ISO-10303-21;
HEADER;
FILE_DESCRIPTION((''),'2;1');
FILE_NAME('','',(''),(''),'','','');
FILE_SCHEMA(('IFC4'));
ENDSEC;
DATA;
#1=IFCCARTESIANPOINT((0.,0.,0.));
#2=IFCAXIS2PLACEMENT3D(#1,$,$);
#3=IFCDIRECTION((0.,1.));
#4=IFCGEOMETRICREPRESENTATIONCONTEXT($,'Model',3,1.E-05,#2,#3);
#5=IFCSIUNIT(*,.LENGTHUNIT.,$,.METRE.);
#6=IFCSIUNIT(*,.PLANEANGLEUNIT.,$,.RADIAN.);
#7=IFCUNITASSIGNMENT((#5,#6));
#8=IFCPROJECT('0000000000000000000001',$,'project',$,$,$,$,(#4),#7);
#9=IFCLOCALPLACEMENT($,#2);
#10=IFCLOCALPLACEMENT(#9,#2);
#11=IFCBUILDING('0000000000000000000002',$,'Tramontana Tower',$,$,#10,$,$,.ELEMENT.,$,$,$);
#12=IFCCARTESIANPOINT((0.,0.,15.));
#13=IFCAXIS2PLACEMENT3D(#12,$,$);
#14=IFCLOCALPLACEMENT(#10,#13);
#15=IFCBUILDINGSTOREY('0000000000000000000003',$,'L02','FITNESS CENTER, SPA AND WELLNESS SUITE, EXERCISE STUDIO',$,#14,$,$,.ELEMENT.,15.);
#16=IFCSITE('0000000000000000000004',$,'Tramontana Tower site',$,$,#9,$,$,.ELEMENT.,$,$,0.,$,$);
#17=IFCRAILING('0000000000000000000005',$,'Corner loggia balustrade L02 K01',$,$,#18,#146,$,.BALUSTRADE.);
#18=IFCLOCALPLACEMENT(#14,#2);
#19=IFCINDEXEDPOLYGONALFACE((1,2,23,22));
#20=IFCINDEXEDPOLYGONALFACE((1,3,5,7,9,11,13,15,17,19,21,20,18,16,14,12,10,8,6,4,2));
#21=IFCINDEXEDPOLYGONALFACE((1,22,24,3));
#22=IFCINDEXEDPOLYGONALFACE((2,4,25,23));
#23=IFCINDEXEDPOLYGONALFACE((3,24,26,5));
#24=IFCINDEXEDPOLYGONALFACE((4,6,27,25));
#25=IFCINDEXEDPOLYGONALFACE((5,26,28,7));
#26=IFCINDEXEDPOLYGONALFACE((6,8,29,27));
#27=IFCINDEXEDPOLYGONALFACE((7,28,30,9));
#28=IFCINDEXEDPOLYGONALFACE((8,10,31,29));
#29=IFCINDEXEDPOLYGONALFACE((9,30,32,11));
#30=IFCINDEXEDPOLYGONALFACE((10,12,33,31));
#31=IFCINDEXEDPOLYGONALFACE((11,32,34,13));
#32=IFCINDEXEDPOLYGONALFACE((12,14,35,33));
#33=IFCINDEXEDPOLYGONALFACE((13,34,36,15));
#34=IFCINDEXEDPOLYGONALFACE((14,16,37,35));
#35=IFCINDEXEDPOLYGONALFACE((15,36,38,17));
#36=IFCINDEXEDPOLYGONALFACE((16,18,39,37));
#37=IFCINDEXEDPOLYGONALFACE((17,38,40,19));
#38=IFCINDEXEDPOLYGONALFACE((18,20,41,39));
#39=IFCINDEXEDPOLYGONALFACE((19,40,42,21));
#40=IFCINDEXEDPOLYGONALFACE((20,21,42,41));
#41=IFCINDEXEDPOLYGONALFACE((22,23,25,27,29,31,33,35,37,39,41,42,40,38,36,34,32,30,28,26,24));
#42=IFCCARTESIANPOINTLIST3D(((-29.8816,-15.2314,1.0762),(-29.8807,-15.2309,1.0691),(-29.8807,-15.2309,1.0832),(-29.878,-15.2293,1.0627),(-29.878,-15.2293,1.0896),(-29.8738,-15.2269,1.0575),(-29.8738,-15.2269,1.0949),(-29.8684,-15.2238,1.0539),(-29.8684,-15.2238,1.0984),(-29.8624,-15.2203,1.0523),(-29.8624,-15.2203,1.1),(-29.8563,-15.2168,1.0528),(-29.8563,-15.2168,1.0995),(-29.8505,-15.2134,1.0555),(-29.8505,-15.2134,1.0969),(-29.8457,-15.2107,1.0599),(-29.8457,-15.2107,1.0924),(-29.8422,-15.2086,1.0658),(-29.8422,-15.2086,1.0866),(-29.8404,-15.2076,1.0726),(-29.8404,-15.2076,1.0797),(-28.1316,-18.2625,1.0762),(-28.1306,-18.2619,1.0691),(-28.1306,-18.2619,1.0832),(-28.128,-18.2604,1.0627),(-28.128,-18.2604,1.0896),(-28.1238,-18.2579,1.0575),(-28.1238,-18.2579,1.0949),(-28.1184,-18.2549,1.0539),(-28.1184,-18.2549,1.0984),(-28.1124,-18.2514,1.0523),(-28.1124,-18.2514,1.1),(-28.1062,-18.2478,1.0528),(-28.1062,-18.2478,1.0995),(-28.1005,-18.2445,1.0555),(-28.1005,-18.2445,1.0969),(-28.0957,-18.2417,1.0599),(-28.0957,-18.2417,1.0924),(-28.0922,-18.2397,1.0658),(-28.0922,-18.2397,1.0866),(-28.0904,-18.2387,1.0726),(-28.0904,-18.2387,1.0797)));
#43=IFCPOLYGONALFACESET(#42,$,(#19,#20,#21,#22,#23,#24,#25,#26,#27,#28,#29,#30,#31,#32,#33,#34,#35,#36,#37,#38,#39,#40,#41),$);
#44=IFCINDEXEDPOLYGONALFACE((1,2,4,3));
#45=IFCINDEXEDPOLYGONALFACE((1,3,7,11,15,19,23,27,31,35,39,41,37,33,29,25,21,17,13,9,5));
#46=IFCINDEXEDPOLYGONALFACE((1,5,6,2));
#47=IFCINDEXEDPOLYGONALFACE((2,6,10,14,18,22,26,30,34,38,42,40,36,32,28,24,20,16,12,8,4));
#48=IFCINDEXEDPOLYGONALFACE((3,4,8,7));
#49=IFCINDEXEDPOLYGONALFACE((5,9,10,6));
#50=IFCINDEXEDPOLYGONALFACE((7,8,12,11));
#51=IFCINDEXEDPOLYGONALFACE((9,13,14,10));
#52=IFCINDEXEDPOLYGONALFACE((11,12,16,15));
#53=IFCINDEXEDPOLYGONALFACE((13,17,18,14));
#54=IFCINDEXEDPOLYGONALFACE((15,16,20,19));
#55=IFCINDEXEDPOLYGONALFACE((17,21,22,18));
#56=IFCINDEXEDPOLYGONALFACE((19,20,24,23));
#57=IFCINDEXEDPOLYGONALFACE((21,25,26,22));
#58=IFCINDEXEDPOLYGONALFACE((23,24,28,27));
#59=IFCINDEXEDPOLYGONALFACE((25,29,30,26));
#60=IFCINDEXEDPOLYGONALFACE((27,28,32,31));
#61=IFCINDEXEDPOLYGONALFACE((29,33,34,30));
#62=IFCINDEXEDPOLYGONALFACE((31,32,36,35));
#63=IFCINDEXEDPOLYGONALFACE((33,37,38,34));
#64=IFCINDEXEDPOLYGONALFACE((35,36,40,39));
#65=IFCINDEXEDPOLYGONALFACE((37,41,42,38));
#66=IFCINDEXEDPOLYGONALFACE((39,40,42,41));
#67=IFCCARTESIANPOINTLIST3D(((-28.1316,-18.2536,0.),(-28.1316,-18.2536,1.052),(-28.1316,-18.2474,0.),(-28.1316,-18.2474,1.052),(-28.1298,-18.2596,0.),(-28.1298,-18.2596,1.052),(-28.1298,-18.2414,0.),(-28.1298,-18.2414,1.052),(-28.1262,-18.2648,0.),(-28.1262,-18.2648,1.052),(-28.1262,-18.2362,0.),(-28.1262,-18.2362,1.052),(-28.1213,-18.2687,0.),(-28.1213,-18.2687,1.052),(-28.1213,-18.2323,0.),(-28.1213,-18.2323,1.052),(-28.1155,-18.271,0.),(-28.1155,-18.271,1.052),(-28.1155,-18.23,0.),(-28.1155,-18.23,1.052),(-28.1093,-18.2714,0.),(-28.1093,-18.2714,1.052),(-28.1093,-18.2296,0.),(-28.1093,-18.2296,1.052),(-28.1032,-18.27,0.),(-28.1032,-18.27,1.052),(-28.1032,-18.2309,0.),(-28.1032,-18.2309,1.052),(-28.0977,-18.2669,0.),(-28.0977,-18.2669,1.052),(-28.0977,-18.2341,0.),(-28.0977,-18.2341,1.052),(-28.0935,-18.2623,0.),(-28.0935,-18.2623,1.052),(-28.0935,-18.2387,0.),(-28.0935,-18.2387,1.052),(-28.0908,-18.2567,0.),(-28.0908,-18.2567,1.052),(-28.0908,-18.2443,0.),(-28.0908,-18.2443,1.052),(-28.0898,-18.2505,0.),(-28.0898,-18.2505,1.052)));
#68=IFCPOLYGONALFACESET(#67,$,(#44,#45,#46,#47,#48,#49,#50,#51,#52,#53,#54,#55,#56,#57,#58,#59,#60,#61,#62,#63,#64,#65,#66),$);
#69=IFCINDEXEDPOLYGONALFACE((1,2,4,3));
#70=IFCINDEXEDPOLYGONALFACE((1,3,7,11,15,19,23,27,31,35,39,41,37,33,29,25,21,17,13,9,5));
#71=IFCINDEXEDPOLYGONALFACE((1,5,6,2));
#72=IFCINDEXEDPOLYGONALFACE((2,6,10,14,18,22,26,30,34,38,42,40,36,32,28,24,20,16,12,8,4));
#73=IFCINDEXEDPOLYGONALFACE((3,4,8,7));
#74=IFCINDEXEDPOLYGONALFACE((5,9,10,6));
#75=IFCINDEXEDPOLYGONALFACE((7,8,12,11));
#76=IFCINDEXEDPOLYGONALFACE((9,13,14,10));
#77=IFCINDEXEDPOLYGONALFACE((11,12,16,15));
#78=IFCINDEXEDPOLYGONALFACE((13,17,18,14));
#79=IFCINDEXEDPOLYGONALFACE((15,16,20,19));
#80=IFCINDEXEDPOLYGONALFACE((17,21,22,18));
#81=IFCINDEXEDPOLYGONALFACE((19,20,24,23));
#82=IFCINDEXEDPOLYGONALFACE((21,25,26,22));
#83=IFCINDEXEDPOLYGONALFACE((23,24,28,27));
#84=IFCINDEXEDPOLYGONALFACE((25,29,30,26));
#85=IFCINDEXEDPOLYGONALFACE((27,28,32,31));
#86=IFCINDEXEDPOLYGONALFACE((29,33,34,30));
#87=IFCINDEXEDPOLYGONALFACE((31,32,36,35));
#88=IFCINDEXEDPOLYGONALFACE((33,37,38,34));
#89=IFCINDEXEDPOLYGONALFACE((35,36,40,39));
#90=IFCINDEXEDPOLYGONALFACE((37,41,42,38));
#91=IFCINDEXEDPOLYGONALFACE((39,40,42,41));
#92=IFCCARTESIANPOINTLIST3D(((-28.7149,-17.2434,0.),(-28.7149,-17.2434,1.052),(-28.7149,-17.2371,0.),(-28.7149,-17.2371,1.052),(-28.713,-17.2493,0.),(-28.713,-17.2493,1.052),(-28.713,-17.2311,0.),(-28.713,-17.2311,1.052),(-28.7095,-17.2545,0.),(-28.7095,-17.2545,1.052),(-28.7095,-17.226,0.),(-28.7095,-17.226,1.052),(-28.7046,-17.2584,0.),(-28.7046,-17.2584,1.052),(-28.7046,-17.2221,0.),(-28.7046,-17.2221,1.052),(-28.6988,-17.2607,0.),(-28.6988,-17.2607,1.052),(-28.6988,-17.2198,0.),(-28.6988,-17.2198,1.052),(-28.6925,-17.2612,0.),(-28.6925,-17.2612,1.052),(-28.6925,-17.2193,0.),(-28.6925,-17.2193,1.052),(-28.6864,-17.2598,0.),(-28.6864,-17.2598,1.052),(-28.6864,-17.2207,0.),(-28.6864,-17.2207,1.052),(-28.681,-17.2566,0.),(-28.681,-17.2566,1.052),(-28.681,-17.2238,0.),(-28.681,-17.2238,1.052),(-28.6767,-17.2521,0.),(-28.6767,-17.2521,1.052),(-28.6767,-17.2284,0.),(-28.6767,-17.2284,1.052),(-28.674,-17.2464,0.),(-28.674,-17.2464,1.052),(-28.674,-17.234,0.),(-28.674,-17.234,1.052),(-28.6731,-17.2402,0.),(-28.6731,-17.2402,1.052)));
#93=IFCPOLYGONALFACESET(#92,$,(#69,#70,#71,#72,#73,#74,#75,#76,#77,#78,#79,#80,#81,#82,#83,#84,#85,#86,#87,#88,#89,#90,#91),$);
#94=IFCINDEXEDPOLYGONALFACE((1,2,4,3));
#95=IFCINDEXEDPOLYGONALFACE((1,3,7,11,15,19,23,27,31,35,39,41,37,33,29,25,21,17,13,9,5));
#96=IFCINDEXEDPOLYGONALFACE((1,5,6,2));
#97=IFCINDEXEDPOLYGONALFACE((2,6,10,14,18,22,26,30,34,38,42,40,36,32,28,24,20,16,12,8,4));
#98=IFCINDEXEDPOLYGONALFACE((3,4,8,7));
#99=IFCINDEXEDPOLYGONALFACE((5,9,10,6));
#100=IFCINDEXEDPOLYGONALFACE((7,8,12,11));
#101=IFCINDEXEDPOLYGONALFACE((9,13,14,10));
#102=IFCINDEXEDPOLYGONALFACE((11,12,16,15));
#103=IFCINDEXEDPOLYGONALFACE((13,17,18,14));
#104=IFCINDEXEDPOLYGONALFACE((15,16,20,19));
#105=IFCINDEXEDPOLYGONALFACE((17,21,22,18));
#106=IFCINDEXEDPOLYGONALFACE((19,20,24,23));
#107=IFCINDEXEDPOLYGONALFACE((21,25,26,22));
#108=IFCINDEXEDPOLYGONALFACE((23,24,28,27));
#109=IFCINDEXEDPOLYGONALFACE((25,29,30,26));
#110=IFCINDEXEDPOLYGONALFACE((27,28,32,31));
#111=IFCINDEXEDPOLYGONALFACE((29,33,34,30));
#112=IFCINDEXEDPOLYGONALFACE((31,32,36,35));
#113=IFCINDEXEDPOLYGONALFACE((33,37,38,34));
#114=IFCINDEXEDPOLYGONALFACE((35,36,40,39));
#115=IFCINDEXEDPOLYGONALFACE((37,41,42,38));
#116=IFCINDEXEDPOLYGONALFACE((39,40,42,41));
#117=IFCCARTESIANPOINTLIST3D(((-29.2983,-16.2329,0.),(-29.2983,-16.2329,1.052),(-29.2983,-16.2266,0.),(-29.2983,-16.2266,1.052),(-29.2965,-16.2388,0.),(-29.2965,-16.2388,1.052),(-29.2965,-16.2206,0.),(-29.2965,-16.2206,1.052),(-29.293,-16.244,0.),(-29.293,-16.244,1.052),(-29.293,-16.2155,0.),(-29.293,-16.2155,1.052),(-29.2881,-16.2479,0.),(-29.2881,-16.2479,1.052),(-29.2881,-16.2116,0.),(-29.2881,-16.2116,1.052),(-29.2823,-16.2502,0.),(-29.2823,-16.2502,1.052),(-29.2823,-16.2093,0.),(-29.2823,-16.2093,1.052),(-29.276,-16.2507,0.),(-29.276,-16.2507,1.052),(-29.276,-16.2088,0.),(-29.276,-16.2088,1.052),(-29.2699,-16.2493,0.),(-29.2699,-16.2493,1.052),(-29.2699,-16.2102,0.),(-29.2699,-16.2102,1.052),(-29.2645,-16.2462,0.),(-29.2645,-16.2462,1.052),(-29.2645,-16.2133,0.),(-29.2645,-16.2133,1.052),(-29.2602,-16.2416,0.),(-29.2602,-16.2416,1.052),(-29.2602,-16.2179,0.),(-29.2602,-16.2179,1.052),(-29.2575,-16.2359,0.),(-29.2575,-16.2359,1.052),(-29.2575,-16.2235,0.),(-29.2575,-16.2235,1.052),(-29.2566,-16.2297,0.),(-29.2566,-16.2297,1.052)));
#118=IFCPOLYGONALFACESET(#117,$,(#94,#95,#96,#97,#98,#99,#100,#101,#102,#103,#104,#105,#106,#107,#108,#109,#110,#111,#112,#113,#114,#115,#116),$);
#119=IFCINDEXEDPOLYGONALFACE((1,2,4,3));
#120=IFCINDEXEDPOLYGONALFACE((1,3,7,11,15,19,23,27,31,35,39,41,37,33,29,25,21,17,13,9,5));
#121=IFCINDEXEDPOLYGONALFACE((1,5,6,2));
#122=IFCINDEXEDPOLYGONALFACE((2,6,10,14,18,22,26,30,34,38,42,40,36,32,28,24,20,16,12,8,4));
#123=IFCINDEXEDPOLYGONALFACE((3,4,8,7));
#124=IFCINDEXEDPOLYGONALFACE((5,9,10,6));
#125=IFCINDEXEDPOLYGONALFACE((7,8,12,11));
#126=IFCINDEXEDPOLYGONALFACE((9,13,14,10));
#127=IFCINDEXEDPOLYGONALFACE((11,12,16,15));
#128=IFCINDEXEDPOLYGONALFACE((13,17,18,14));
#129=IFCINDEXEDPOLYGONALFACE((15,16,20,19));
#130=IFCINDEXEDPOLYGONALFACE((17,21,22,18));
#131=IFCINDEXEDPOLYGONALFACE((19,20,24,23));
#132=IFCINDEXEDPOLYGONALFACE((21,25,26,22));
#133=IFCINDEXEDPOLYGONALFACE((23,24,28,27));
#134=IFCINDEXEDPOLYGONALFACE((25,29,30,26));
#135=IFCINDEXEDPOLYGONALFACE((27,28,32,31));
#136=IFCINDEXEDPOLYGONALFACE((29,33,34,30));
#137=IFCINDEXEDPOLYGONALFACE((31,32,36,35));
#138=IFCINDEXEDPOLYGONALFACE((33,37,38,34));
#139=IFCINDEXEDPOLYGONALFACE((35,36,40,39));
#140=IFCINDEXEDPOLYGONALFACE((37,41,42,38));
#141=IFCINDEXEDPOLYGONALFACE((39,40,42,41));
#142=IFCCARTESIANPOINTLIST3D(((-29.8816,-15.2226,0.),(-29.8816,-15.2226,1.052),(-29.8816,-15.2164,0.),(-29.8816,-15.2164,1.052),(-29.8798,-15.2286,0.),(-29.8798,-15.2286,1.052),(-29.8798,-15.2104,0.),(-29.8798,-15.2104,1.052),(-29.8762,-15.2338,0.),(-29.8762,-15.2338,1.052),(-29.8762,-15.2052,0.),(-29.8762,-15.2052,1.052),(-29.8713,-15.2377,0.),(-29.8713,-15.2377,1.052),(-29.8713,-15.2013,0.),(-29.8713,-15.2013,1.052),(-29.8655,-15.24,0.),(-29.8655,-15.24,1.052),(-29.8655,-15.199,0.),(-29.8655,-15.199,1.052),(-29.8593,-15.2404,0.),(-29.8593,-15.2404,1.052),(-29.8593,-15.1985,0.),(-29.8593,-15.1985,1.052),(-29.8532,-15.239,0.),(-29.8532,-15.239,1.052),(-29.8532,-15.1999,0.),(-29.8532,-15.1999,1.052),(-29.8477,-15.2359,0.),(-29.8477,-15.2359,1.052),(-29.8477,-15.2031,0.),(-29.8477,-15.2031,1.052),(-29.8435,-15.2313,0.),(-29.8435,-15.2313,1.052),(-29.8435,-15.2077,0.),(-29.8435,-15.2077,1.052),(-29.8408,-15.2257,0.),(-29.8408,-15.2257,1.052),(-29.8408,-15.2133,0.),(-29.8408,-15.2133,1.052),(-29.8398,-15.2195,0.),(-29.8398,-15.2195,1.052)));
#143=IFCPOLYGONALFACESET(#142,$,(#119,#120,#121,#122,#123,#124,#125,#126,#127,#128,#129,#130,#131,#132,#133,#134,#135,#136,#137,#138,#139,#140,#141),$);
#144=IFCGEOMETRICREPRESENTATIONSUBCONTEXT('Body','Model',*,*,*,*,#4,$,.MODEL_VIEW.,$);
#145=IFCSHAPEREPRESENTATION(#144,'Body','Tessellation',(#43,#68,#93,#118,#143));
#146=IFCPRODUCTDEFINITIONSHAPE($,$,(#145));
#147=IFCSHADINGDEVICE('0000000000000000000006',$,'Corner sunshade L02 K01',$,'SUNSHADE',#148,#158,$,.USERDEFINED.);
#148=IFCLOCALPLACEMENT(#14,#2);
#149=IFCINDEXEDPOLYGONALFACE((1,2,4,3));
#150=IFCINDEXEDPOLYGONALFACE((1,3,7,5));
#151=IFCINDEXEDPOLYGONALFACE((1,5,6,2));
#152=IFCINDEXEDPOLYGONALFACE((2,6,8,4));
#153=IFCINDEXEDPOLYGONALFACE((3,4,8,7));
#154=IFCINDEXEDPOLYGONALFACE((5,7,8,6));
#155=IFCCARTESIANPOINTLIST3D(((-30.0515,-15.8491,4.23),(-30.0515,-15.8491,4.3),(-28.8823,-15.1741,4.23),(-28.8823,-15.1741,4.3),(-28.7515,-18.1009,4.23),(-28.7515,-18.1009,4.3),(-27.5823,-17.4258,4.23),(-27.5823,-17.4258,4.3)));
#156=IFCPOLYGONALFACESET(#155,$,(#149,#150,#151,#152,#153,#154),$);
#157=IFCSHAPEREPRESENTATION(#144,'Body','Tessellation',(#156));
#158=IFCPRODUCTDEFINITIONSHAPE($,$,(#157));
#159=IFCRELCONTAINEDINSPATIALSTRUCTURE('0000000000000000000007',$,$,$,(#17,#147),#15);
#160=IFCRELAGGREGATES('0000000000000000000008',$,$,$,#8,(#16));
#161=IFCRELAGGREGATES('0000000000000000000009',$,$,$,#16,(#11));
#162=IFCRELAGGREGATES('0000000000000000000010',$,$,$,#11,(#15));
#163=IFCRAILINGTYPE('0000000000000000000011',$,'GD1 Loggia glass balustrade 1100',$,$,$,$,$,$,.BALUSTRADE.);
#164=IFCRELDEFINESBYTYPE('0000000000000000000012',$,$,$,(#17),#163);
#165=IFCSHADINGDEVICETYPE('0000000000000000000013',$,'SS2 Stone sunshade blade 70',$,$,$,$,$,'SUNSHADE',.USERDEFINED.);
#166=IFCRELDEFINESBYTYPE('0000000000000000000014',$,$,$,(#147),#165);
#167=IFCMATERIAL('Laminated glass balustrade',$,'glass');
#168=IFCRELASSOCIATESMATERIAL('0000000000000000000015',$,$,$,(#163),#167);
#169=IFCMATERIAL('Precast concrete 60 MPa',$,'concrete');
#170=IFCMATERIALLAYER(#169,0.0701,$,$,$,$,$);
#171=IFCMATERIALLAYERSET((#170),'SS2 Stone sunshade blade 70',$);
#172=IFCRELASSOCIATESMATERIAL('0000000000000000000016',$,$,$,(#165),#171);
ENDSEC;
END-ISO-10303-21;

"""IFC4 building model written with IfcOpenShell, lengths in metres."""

from ifc_helpers import new_model, si_unit, direction, frame, origin, origin_2d, place, context, subcontext, project, spatial, rectangle, circle, extrude, material, layer, layer_set, type_object, element, save


model = new_model("IFC4")

# Units and contexts
model_context = context("Model", 3, precision=1e-05, world=origin(), true_north=direction((0.0, 1.0)))
body_context = subcontext(model_context, "Body", "Model", "MODEL_VIEW")
ifc_project = project(units=[si_unit("LENGTHUNIT", "METRE"), si_unit("PLANEANGLEUNIT", "RADIAN")], contexts=[model_context])

# Site, building, storey
site_placement = place(None, origin())
site = spatial("IfcSite", under=ifc_project, at=site_placement, Name="Tramontana Tower site", CompositionType="ELEMENT", RefElevation=0.0)
building_placement = place(site_placement, origin())
building = spatial("IfcBuilding", under=site, at=building_placement, Name="Tramontana Tower", CompositionType="ELEMENT")
storey_placement = place(building_placement, frame((0.0, 0.0, 15.0)))
storey = spatial("IfcBuildingStorey", under=building, at=storey_placement, Name="L02", Description="FITNESS CENTER, SPA AND WELLNESS SUITE, EXERCISE STUDIO", CompositionType="ELEMENT", Elevation=15.0)

# Railing
ifc_material_1 = material(Name="Laminated glass balustrade", Category="glass")
railing_type = type_object("IfcRailingType", Name="GD1 Loggia glass balustrade 1100", PredefinedType="BALUSTRADE", material=ifc_material_1)
railing_placement = place(storey_placement, frame((-28.1108, -18.2505, 0.0)))
element("IfcRailing", 1, at=railing_placement, inside=storey, type_object=railing_type, Name="Corner loggia balustrade L02 K01", PredefinedType="BALUSTRADE", context=body_context, shape_type="SweptSolid", body=[
    extrude(circle(Radius=0.0239, at=origin_2d()), frame((0.0, 0.0, 1.0762), z_axis=(-0.50001, 0.866019, 0.0), x_axis=(-0.866019, -0.50001, 0.0)), (0.0, 0.0, 1.0), 3.5),
    extrude(circle(Radius=0.021, at=origin_2d()), origin(), (0.0, 0.0, 1.0), 1.052),
    extrude(circle(Radius=0.021, at=origin_2d()), frame((-0.5833, 1.0103, 0.0)), (0.0, 0.0, 1.0), 1.052),
    extrude(circle(Radius=0.021, at=origin_2d()), frame((-1.1667, 2.0208, 0.0)), (0.0, 0.0, 1.0), 1.052),
    extrude(circle(Radius=0.021, at=origin_2d()), frame((-1.75, 3.031, 0.0)), (0.0, 0.0, 1.0), 1.052),
])

# Shading device
ifc_material_2 = material(Name="Precast concrete 60 MPa", Category="concrete")
ifc_layer_1 = layer(ifc_material_2, 0.0701)
ifc_layer_set_1 = layer_set([ifc_layer_1], Name="SS2 Stone sunshade blade 70")
shading_device_type = type_object("IfcShadingDeviceType", Name="SS2 Stone sunshade blade 70", ElementType="SUNSHADE", PredefinedType="USERDEFINED", material=ifc_layer_set_1)
shading_device_placement = place(storey_placement, frame((-28.8169, -16.6375, 4.23), z_axis=(0.0, 0.0, 1.0), x_axis=(-0.5, 0.866025, 0.0)))
element("IfcShadingDevice", 2, at=shading_device_placement, inside=storey, type_object=shading_device_type, Name="Corner sunshade L02 K01", ObjectType="SUNSHADE", PredefinedType="USERDEFINED", context=body_context, shape_type="SweptSolid", body=[
    extrude(rectangle(XDim=2.6001, YDim=1.3501, at=origin_2d()), origin(), (0.0, 0.0, 1.0), 0.0701),
])

save(model, "model.ifc")
